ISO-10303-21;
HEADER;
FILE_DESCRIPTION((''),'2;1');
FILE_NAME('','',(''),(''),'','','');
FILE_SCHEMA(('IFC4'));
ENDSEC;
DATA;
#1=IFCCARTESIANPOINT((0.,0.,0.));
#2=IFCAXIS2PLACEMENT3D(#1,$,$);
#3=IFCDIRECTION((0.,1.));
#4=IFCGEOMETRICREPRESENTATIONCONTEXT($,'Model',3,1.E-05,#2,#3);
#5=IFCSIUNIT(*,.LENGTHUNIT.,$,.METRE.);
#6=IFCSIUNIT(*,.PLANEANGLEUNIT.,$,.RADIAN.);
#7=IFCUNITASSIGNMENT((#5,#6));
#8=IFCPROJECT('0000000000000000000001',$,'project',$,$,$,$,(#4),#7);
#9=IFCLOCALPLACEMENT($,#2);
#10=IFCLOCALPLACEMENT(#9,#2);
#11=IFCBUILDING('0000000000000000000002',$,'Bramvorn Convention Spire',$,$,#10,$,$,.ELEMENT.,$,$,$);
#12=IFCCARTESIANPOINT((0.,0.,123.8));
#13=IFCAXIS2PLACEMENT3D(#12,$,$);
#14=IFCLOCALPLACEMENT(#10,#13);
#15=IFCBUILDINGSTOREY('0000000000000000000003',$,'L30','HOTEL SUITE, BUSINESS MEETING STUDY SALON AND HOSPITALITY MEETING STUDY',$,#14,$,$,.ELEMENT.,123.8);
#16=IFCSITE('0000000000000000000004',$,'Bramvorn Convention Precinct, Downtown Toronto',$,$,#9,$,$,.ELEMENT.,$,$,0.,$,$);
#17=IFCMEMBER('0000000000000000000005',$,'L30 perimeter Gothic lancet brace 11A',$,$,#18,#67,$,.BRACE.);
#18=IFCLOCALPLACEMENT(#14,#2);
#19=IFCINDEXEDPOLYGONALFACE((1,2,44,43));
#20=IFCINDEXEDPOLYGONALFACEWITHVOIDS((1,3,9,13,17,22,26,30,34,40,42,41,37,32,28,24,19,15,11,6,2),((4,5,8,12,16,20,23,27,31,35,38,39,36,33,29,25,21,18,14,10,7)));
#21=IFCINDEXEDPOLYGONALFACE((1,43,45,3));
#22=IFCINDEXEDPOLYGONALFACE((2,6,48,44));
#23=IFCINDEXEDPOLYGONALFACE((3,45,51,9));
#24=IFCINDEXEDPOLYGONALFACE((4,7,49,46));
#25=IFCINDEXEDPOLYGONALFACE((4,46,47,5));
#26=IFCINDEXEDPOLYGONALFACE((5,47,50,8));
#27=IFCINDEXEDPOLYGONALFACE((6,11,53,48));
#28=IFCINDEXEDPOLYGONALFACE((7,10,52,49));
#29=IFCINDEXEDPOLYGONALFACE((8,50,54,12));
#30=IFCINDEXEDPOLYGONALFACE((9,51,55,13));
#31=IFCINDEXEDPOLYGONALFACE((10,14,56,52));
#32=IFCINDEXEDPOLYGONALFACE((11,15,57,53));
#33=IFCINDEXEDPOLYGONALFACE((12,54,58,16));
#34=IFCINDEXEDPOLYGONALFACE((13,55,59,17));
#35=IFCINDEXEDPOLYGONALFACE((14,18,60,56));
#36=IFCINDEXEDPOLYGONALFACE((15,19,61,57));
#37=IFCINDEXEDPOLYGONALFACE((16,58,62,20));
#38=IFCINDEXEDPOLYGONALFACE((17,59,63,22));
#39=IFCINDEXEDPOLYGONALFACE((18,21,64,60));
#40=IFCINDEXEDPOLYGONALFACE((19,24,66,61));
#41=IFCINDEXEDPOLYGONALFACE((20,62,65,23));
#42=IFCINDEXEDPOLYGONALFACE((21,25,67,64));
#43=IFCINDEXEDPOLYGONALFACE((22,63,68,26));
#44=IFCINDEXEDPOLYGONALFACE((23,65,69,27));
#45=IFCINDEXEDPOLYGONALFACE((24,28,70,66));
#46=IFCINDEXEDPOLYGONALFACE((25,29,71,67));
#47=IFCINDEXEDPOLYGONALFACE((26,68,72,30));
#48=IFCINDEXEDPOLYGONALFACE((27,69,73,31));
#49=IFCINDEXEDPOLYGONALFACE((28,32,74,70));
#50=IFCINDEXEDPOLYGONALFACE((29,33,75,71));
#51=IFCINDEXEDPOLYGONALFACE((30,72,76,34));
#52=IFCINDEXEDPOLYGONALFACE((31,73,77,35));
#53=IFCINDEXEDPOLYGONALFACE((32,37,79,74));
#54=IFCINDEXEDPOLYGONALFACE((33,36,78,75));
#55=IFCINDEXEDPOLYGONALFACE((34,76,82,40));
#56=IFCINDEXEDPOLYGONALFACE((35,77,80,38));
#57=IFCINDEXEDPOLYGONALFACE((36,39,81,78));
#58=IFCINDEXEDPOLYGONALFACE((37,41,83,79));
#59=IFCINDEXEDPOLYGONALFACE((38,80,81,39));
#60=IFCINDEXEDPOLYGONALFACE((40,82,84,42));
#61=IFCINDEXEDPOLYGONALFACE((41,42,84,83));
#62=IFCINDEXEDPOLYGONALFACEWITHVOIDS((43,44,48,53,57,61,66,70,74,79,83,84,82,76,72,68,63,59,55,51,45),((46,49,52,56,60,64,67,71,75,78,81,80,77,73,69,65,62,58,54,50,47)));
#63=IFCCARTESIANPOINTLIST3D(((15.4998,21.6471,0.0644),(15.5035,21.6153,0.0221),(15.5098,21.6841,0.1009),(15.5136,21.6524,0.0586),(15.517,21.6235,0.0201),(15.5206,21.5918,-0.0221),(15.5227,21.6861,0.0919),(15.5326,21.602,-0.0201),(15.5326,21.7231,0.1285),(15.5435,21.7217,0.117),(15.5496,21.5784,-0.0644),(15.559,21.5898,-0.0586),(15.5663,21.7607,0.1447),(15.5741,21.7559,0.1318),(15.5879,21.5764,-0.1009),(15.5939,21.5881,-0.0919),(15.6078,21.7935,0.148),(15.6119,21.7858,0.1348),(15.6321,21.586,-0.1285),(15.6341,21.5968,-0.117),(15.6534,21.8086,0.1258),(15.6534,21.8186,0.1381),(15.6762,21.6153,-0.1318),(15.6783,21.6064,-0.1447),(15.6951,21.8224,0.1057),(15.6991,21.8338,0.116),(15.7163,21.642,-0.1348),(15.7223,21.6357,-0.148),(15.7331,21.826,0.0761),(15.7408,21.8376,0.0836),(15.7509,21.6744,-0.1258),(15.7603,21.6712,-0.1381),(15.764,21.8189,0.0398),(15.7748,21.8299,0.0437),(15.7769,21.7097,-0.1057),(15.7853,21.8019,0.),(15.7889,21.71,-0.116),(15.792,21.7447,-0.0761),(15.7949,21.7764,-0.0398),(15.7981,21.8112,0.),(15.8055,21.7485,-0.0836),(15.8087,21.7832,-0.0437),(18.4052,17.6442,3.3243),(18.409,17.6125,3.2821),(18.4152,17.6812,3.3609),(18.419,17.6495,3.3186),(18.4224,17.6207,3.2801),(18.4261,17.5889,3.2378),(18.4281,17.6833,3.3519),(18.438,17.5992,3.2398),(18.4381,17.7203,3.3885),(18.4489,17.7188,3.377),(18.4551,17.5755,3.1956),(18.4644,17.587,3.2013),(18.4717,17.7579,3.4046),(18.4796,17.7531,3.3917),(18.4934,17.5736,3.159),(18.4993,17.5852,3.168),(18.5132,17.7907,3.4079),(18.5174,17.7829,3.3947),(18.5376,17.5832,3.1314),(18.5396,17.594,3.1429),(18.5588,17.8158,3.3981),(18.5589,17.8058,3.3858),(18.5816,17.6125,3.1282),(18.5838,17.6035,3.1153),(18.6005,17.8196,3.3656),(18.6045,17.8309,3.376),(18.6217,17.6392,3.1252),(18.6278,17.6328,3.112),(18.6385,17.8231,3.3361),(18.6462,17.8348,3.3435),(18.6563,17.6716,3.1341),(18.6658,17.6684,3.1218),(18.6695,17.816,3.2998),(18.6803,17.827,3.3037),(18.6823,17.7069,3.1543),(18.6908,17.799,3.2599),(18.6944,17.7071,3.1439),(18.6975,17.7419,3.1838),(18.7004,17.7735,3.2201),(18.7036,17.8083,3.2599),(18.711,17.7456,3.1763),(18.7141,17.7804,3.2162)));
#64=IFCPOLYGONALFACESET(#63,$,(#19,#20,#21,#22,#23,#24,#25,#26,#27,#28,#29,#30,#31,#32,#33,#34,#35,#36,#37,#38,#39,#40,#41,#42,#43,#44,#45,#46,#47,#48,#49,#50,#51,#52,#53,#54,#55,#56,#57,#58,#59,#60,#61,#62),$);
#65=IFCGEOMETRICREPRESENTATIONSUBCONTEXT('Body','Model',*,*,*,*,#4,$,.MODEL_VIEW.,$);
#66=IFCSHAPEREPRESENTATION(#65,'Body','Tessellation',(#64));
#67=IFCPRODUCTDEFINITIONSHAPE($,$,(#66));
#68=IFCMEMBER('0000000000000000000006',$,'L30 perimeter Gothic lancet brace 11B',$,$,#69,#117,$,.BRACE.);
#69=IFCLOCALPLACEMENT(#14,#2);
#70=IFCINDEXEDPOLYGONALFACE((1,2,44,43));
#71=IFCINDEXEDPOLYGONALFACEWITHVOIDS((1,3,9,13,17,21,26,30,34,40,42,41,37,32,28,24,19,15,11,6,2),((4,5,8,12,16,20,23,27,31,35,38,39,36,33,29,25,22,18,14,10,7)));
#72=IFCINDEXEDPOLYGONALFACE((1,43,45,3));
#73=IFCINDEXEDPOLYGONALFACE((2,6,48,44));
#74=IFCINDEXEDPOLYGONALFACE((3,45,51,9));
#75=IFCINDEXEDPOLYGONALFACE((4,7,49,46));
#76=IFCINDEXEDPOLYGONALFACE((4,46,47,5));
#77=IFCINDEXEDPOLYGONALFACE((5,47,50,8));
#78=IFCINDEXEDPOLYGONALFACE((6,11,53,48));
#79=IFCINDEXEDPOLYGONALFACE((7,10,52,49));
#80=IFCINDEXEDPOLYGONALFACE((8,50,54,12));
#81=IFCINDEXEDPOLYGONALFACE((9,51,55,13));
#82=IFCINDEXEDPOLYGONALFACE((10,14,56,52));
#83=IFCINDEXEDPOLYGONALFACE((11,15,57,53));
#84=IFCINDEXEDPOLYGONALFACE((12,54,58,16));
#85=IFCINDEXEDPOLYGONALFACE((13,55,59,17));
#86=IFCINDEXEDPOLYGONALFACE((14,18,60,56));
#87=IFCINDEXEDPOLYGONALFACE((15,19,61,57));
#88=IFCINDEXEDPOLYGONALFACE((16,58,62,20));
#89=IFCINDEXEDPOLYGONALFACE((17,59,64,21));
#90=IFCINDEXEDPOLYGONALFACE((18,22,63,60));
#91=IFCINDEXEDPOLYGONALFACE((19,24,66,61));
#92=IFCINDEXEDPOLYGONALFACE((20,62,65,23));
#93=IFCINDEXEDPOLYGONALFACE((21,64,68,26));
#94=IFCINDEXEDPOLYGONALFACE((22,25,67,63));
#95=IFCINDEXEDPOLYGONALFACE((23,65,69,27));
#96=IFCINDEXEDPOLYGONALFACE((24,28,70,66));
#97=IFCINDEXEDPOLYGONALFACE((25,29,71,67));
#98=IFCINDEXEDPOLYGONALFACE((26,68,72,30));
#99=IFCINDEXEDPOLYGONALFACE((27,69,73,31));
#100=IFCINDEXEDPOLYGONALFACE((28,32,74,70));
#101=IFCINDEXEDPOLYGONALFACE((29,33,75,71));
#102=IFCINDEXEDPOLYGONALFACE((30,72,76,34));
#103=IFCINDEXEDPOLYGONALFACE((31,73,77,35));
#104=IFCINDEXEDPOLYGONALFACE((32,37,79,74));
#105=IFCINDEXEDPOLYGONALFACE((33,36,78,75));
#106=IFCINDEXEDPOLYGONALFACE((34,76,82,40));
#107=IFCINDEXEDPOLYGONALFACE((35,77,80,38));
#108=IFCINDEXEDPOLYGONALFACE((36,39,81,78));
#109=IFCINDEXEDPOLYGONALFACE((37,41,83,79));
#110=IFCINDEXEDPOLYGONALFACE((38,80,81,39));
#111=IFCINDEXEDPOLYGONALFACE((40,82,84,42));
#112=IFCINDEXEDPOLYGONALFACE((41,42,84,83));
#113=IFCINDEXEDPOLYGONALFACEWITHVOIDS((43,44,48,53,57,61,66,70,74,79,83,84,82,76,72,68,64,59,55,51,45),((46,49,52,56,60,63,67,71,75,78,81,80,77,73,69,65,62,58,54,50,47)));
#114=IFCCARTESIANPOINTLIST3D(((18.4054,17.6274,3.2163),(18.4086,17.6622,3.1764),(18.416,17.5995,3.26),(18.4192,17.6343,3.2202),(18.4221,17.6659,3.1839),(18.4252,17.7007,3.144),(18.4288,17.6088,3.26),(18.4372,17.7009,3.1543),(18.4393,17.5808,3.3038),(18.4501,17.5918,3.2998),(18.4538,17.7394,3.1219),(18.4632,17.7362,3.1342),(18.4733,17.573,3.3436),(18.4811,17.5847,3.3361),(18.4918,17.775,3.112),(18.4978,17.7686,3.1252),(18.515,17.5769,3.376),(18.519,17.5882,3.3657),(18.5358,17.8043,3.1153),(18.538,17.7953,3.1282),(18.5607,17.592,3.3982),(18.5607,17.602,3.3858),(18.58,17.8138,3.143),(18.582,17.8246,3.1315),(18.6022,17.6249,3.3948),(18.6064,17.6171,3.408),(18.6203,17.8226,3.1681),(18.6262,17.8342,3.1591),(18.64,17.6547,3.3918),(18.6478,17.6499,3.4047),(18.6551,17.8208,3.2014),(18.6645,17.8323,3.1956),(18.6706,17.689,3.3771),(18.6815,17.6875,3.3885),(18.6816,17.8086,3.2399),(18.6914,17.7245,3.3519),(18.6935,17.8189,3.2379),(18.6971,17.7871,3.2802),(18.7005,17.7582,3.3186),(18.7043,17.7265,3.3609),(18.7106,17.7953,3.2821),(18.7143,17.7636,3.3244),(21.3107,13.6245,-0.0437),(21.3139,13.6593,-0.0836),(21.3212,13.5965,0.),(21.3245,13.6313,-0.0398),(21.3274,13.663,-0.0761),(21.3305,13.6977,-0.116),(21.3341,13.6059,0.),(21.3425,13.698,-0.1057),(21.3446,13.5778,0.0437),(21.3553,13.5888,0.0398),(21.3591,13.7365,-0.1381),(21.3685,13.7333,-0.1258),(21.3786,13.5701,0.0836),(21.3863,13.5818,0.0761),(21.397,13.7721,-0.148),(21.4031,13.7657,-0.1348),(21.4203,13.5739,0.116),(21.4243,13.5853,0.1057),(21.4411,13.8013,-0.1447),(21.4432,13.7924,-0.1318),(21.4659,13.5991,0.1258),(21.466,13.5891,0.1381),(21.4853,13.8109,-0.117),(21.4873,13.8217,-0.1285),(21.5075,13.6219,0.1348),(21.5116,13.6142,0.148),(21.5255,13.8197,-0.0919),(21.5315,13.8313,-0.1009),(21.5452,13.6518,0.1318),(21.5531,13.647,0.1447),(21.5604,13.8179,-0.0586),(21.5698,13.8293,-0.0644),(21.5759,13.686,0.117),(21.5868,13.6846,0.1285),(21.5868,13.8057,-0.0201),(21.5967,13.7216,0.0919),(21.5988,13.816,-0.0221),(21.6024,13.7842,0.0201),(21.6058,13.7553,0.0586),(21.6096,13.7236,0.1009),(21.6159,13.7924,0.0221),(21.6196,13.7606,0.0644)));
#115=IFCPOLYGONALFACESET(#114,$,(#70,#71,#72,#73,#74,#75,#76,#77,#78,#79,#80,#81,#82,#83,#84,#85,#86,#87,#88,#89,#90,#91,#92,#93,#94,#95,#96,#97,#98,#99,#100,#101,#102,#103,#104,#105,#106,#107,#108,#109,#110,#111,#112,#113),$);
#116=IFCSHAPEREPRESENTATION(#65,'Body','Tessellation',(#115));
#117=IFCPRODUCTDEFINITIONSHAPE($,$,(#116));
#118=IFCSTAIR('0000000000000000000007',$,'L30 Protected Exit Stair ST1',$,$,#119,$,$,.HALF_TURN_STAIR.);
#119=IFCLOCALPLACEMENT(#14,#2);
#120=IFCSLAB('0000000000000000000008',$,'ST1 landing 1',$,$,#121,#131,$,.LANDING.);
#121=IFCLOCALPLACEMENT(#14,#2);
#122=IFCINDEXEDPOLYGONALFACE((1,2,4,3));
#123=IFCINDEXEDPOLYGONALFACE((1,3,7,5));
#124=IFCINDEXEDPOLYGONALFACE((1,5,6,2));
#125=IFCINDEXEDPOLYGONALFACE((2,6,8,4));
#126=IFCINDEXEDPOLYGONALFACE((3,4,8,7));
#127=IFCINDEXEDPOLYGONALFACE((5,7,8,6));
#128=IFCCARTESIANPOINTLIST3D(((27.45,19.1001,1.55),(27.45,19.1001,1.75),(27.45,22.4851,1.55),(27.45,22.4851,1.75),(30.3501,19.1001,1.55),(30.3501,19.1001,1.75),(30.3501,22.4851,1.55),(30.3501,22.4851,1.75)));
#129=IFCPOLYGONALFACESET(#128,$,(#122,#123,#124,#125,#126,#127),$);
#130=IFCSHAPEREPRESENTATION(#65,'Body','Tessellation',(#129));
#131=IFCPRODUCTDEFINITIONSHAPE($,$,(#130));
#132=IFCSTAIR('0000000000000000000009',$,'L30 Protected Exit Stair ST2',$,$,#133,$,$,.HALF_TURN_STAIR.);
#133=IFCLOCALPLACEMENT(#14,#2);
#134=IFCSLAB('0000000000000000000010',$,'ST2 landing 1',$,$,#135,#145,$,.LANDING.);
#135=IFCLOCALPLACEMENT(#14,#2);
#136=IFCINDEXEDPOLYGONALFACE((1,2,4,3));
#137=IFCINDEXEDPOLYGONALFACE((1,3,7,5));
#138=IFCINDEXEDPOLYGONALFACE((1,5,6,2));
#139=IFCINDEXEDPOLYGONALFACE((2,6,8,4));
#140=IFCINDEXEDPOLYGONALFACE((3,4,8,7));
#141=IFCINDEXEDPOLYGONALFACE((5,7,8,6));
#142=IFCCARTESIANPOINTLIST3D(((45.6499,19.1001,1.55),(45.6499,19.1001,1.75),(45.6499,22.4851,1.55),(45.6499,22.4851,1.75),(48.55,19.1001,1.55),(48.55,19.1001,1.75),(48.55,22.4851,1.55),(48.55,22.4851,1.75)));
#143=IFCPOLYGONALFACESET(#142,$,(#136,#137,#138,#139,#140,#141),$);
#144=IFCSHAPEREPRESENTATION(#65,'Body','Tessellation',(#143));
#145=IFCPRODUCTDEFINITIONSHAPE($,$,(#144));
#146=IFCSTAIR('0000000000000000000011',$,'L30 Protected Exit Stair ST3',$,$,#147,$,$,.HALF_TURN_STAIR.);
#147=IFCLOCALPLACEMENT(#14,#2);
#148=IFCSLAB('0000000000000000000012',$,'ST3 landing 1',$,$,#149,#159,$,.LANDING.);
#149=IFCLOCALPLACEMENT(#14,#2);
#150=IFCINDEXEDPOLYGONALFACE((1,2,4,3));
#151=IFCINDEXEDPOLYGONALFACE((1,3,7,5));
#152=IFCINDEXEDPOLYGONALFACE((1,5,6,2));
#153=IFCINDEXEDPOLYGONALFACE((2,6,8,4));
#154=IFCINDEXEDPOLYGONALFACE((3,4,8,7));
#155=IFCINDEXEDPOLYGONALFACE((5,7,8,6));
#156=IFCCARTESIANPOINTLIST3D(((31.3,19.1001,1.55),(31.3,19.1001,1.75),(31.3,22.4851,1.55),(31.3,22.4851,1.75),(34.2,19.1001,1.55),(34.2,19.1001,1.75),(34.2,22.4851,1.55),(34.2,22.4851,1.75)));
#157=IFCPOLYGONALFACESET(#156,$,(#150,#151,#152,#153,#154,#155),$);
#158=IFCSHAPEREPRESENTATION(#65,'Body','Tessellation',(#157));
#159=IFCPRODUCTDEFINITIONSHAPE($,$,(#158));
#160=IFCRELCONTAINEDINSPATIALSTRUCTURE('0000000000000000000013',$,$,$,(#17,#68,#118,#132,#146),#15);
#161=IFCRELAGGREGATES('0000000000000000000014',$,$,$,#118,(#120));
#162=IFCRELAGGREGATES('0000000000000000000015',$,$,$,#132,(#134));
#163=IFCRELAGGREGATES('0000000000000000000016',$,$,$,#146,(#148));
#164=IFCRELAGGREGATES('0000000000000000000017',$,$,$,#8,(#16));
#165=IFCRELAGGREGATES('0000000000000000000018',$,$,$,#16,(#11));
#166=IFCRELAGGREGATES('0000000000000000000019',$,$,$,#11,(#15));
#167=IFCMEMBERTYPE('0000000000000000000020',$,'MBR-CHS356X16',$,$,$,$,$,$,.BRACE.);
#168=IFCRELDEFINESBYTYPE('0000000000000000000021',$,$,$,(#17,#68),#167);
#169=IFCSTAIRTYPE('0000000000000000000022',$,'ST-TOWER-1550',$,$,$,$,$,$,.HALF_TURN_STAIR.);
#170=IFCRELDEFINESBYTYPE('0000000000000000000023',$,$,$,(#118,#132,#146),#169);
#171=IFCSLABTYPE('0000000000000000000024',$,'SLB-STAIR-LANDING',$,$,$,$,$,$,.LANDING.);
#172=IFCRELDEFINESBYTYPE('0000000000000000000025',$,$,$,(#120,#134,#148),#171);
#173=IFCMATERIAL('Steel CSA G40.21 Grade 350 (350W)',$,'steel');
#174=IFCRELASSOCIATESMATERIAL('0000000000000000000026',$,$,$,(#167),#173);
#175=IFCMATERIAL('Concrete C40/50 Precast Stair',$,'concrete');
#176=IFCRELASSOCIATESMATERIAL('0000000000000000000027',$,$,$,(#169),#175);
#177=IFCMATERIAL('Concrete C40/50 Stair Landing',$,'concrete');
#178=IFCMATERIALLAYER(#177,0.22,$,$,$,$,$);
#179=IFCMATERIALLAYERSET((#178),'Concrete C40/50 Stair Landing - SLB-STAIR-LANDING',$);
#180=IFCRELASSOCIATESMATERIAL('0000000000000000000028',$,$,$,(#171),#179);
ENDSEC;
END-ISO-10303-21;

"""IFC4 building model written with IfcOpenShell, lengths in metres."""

from ifc_helpers import new_model, si_unit, direction, frame, origin, origin_2d, place, context, subcontext, project, spatial, polyline, hollow_circle, outline, extrude, material, layer, layer_set, material_profile, profile_set, type_object, element, aggregate, save


model = new_model("IFC4")

# Units and contexts
model_context = context("Model", 3, precision=1e-05, world=origin(), true_north=direction((0.0, 1.0)))
body_context = subcontext(model_context, "Body", "Model", "MODEL_VIEW")
ifc_project = project(units=[si_unit("LENGTHUNIT", "METRE"), si_unit("PLANEANGLEUNIT", "RADIAN")], contexts=[model_context])

# Site, building, storey
site_placement = place(None, origin())
site = spatial("IfcSite", under=ifc_project, at=site_placement, Name="Bramvorn Convention Precinct, Downtown Toronto", CompositionType="ELEMENT", RefElevation=0.0)
building_placement = place(site_placement, origin())
building = spatial("IfcBuilding", under=site, at=building_placement, Name="Bramvorn Convention Spire", CompositionType="ELEMENT")
storey_placement = place(building_placement, frame((0.0, 0.0, 123.8)))
storey = spatial("IfcBuildingStorey", under=building, at=storey_placement, Name="L30", Description="HOTEL SUITE, BUSINESS MEETING STUDY SALON AND HOSPITALITY MEETING STUDY", CompositionType="ELEMENT", Elevation=123.8)

# Shared definitions
ifc_material_1 = material(Name="Steel CSA G40.21 Grade 350 (350W)", Category="steel")

# Members
ifc_material_profile_1 = material_profile(ifc_material_1, hollow_circle(Radius=0.1777, WallThickness=0.0159, at=origin_2d()))
ifc_profile_set_1 = profile_set([ifc_material_profile_1], Name="Steel CSA G40.21 Grade 350 (350W) - CHS356X16")
member_type = type_object("IfcMemberType", Name="MBR-CHS356X16", PredefinedType="BRACE", material=ifc_profile_set_1)
for number, where, z_axis, x_axis, name in (
    (1, (15.6543, 21.7068, 0.0), (0.49047, -0.67572, 0.55031), (0.809284, 0.587417, 0.0), "L30 perimeter Gothic lancet brace 11A"),
    (2, (21.4651, 13.7009, 0.0), (-0.490439, 0.675734, 0.550322), (-0.809308, -0.587385, 0.0), "L30 perimeter Gothic lancet brace 11B"),
):
    element("IfcMember", number, at=place(storey_placement, frame(where, z_axis=z_axis, x_axis=x_axis)), inside=storey, type_object=member_type, Name=name, PredefinedType="BRACE", context=body_context, shape_type="SweptSolid", body=[
        extrude(hollow_circle(Radius=0.1777, WallThickness=0.0159, at=origin_2d()), origin(), (0.0, 0.0, 1.0), 5.9238),
    ])

# Stairs, slabs
ifc_material_2 = material(Name="Concrete C40/50 Precast Stair", Category="concrete")
stair_type = type_object("IfcStairType", Name="ST-TOWER-1550", PredefinedType="HALF_TURN_STAIR", material=ifc_material_2)
stair_1_placement = place(storey_placement, origin())
stair_1 = element("IfcStair", 3, at=stair_1_placement, inside=storey, type_object=stair_type, Name="L30 Protected Exit Stair ST1", PredefinedType="HALF_TURN_STAIR")
ifc_material_3 = material(Name="Concrete C40/50 Stair Landing", Category="concrete")
ifc_layer_1 = layer(ifc_material_3, 0.22)
ifc_layer_set_1 = layer_set([ifc_layer_1], Name="Concrete C40/50 Stair Landing - SLB-STAIR-LANDING")
slab_type_1 = type_object("IfcSlabType", Name="SLB-STAIR-LANDING", PredefinedType="LANDING", material=ifc_layer_set_1)
slab_1_placement = place(storey_placement, frame((0.0, 0.0, 1.55)))
slab_1 = element("IfcSlab", 4, at=slab_1_placement, type_object=slab_type_1, Name="ST1 landing 1", PredefinedType="LANDING", context=body_context, shape_type="SweptSolid", body=[
    extrude(outline(polyline([(27.45, 22.4851), (27.45, 19.1001), (30.3501, 19.1001), (30.3501, 22.4851), (27.45, 22.4851)])), origin(), (0.0, 0.0, 1.0), 0.2),
])
aggregate(stair_1, [slab_1])
stair_2_placement = place(storey_placement, origin())
stair_2 = element("IfcStair", 5, at=stair_2_placement, inside=storey, type_object=stair_type, Name="L30 Protected Exit Stair ST2", PredefinedType="HALF_TURN_STAIR")
slab_2_placement = place(storey_placement, frame((0.0, 0.0, 1.55)))
slab_2 = element("IfcSlab", 6, at=slab_2_placement, type_object=slab_type_1, Name="ST2 landing 1", PredefinedType="LANDING", context=body_context, shape_type="SweptSolid", body=[
    extrude(outline(polyline([(45.6499, 22.4851), (45.6499, 19.1001), (48.55, 19.1001), (48.55, 22.4851), (45.6499, 22.4851)])), origin(), (0.0, 0.0, 1.0), 0.2),
])
aggregate(stair_2, [slab_2])
stair_3_placement = place(storey_placement, origin())
stair_3 = element("IfcStair", 7, at=stair_3_placement, inside=storey, type_object=stair_type, Name="L30 Protected Exit Stair ST3", PredefinedType="HALF_TURN_STAIR")
slab_3_placement = place(storey_placement, frame((0.0, 0.0, 1.55)))
slab_3 = element("IfcSlab", 8, at=slab_3_placement, type_object=slab_type_1, Name="ST3 landing 1", PredefinedType="LANDING", context=body_context, shape_type="SweptSolid", body=[
    extrude(outline(polyline([(31.3, 22.4851), (31.3, 19.1001), (34.2, 19.1001), (34.2, 22.4851), (31.3, 22.4851)])), origin(), (0.0, 0.0, 1.0), 0.2),
])
aggregate(stair_3, [slab_3])

save(model, "model.ifc")
